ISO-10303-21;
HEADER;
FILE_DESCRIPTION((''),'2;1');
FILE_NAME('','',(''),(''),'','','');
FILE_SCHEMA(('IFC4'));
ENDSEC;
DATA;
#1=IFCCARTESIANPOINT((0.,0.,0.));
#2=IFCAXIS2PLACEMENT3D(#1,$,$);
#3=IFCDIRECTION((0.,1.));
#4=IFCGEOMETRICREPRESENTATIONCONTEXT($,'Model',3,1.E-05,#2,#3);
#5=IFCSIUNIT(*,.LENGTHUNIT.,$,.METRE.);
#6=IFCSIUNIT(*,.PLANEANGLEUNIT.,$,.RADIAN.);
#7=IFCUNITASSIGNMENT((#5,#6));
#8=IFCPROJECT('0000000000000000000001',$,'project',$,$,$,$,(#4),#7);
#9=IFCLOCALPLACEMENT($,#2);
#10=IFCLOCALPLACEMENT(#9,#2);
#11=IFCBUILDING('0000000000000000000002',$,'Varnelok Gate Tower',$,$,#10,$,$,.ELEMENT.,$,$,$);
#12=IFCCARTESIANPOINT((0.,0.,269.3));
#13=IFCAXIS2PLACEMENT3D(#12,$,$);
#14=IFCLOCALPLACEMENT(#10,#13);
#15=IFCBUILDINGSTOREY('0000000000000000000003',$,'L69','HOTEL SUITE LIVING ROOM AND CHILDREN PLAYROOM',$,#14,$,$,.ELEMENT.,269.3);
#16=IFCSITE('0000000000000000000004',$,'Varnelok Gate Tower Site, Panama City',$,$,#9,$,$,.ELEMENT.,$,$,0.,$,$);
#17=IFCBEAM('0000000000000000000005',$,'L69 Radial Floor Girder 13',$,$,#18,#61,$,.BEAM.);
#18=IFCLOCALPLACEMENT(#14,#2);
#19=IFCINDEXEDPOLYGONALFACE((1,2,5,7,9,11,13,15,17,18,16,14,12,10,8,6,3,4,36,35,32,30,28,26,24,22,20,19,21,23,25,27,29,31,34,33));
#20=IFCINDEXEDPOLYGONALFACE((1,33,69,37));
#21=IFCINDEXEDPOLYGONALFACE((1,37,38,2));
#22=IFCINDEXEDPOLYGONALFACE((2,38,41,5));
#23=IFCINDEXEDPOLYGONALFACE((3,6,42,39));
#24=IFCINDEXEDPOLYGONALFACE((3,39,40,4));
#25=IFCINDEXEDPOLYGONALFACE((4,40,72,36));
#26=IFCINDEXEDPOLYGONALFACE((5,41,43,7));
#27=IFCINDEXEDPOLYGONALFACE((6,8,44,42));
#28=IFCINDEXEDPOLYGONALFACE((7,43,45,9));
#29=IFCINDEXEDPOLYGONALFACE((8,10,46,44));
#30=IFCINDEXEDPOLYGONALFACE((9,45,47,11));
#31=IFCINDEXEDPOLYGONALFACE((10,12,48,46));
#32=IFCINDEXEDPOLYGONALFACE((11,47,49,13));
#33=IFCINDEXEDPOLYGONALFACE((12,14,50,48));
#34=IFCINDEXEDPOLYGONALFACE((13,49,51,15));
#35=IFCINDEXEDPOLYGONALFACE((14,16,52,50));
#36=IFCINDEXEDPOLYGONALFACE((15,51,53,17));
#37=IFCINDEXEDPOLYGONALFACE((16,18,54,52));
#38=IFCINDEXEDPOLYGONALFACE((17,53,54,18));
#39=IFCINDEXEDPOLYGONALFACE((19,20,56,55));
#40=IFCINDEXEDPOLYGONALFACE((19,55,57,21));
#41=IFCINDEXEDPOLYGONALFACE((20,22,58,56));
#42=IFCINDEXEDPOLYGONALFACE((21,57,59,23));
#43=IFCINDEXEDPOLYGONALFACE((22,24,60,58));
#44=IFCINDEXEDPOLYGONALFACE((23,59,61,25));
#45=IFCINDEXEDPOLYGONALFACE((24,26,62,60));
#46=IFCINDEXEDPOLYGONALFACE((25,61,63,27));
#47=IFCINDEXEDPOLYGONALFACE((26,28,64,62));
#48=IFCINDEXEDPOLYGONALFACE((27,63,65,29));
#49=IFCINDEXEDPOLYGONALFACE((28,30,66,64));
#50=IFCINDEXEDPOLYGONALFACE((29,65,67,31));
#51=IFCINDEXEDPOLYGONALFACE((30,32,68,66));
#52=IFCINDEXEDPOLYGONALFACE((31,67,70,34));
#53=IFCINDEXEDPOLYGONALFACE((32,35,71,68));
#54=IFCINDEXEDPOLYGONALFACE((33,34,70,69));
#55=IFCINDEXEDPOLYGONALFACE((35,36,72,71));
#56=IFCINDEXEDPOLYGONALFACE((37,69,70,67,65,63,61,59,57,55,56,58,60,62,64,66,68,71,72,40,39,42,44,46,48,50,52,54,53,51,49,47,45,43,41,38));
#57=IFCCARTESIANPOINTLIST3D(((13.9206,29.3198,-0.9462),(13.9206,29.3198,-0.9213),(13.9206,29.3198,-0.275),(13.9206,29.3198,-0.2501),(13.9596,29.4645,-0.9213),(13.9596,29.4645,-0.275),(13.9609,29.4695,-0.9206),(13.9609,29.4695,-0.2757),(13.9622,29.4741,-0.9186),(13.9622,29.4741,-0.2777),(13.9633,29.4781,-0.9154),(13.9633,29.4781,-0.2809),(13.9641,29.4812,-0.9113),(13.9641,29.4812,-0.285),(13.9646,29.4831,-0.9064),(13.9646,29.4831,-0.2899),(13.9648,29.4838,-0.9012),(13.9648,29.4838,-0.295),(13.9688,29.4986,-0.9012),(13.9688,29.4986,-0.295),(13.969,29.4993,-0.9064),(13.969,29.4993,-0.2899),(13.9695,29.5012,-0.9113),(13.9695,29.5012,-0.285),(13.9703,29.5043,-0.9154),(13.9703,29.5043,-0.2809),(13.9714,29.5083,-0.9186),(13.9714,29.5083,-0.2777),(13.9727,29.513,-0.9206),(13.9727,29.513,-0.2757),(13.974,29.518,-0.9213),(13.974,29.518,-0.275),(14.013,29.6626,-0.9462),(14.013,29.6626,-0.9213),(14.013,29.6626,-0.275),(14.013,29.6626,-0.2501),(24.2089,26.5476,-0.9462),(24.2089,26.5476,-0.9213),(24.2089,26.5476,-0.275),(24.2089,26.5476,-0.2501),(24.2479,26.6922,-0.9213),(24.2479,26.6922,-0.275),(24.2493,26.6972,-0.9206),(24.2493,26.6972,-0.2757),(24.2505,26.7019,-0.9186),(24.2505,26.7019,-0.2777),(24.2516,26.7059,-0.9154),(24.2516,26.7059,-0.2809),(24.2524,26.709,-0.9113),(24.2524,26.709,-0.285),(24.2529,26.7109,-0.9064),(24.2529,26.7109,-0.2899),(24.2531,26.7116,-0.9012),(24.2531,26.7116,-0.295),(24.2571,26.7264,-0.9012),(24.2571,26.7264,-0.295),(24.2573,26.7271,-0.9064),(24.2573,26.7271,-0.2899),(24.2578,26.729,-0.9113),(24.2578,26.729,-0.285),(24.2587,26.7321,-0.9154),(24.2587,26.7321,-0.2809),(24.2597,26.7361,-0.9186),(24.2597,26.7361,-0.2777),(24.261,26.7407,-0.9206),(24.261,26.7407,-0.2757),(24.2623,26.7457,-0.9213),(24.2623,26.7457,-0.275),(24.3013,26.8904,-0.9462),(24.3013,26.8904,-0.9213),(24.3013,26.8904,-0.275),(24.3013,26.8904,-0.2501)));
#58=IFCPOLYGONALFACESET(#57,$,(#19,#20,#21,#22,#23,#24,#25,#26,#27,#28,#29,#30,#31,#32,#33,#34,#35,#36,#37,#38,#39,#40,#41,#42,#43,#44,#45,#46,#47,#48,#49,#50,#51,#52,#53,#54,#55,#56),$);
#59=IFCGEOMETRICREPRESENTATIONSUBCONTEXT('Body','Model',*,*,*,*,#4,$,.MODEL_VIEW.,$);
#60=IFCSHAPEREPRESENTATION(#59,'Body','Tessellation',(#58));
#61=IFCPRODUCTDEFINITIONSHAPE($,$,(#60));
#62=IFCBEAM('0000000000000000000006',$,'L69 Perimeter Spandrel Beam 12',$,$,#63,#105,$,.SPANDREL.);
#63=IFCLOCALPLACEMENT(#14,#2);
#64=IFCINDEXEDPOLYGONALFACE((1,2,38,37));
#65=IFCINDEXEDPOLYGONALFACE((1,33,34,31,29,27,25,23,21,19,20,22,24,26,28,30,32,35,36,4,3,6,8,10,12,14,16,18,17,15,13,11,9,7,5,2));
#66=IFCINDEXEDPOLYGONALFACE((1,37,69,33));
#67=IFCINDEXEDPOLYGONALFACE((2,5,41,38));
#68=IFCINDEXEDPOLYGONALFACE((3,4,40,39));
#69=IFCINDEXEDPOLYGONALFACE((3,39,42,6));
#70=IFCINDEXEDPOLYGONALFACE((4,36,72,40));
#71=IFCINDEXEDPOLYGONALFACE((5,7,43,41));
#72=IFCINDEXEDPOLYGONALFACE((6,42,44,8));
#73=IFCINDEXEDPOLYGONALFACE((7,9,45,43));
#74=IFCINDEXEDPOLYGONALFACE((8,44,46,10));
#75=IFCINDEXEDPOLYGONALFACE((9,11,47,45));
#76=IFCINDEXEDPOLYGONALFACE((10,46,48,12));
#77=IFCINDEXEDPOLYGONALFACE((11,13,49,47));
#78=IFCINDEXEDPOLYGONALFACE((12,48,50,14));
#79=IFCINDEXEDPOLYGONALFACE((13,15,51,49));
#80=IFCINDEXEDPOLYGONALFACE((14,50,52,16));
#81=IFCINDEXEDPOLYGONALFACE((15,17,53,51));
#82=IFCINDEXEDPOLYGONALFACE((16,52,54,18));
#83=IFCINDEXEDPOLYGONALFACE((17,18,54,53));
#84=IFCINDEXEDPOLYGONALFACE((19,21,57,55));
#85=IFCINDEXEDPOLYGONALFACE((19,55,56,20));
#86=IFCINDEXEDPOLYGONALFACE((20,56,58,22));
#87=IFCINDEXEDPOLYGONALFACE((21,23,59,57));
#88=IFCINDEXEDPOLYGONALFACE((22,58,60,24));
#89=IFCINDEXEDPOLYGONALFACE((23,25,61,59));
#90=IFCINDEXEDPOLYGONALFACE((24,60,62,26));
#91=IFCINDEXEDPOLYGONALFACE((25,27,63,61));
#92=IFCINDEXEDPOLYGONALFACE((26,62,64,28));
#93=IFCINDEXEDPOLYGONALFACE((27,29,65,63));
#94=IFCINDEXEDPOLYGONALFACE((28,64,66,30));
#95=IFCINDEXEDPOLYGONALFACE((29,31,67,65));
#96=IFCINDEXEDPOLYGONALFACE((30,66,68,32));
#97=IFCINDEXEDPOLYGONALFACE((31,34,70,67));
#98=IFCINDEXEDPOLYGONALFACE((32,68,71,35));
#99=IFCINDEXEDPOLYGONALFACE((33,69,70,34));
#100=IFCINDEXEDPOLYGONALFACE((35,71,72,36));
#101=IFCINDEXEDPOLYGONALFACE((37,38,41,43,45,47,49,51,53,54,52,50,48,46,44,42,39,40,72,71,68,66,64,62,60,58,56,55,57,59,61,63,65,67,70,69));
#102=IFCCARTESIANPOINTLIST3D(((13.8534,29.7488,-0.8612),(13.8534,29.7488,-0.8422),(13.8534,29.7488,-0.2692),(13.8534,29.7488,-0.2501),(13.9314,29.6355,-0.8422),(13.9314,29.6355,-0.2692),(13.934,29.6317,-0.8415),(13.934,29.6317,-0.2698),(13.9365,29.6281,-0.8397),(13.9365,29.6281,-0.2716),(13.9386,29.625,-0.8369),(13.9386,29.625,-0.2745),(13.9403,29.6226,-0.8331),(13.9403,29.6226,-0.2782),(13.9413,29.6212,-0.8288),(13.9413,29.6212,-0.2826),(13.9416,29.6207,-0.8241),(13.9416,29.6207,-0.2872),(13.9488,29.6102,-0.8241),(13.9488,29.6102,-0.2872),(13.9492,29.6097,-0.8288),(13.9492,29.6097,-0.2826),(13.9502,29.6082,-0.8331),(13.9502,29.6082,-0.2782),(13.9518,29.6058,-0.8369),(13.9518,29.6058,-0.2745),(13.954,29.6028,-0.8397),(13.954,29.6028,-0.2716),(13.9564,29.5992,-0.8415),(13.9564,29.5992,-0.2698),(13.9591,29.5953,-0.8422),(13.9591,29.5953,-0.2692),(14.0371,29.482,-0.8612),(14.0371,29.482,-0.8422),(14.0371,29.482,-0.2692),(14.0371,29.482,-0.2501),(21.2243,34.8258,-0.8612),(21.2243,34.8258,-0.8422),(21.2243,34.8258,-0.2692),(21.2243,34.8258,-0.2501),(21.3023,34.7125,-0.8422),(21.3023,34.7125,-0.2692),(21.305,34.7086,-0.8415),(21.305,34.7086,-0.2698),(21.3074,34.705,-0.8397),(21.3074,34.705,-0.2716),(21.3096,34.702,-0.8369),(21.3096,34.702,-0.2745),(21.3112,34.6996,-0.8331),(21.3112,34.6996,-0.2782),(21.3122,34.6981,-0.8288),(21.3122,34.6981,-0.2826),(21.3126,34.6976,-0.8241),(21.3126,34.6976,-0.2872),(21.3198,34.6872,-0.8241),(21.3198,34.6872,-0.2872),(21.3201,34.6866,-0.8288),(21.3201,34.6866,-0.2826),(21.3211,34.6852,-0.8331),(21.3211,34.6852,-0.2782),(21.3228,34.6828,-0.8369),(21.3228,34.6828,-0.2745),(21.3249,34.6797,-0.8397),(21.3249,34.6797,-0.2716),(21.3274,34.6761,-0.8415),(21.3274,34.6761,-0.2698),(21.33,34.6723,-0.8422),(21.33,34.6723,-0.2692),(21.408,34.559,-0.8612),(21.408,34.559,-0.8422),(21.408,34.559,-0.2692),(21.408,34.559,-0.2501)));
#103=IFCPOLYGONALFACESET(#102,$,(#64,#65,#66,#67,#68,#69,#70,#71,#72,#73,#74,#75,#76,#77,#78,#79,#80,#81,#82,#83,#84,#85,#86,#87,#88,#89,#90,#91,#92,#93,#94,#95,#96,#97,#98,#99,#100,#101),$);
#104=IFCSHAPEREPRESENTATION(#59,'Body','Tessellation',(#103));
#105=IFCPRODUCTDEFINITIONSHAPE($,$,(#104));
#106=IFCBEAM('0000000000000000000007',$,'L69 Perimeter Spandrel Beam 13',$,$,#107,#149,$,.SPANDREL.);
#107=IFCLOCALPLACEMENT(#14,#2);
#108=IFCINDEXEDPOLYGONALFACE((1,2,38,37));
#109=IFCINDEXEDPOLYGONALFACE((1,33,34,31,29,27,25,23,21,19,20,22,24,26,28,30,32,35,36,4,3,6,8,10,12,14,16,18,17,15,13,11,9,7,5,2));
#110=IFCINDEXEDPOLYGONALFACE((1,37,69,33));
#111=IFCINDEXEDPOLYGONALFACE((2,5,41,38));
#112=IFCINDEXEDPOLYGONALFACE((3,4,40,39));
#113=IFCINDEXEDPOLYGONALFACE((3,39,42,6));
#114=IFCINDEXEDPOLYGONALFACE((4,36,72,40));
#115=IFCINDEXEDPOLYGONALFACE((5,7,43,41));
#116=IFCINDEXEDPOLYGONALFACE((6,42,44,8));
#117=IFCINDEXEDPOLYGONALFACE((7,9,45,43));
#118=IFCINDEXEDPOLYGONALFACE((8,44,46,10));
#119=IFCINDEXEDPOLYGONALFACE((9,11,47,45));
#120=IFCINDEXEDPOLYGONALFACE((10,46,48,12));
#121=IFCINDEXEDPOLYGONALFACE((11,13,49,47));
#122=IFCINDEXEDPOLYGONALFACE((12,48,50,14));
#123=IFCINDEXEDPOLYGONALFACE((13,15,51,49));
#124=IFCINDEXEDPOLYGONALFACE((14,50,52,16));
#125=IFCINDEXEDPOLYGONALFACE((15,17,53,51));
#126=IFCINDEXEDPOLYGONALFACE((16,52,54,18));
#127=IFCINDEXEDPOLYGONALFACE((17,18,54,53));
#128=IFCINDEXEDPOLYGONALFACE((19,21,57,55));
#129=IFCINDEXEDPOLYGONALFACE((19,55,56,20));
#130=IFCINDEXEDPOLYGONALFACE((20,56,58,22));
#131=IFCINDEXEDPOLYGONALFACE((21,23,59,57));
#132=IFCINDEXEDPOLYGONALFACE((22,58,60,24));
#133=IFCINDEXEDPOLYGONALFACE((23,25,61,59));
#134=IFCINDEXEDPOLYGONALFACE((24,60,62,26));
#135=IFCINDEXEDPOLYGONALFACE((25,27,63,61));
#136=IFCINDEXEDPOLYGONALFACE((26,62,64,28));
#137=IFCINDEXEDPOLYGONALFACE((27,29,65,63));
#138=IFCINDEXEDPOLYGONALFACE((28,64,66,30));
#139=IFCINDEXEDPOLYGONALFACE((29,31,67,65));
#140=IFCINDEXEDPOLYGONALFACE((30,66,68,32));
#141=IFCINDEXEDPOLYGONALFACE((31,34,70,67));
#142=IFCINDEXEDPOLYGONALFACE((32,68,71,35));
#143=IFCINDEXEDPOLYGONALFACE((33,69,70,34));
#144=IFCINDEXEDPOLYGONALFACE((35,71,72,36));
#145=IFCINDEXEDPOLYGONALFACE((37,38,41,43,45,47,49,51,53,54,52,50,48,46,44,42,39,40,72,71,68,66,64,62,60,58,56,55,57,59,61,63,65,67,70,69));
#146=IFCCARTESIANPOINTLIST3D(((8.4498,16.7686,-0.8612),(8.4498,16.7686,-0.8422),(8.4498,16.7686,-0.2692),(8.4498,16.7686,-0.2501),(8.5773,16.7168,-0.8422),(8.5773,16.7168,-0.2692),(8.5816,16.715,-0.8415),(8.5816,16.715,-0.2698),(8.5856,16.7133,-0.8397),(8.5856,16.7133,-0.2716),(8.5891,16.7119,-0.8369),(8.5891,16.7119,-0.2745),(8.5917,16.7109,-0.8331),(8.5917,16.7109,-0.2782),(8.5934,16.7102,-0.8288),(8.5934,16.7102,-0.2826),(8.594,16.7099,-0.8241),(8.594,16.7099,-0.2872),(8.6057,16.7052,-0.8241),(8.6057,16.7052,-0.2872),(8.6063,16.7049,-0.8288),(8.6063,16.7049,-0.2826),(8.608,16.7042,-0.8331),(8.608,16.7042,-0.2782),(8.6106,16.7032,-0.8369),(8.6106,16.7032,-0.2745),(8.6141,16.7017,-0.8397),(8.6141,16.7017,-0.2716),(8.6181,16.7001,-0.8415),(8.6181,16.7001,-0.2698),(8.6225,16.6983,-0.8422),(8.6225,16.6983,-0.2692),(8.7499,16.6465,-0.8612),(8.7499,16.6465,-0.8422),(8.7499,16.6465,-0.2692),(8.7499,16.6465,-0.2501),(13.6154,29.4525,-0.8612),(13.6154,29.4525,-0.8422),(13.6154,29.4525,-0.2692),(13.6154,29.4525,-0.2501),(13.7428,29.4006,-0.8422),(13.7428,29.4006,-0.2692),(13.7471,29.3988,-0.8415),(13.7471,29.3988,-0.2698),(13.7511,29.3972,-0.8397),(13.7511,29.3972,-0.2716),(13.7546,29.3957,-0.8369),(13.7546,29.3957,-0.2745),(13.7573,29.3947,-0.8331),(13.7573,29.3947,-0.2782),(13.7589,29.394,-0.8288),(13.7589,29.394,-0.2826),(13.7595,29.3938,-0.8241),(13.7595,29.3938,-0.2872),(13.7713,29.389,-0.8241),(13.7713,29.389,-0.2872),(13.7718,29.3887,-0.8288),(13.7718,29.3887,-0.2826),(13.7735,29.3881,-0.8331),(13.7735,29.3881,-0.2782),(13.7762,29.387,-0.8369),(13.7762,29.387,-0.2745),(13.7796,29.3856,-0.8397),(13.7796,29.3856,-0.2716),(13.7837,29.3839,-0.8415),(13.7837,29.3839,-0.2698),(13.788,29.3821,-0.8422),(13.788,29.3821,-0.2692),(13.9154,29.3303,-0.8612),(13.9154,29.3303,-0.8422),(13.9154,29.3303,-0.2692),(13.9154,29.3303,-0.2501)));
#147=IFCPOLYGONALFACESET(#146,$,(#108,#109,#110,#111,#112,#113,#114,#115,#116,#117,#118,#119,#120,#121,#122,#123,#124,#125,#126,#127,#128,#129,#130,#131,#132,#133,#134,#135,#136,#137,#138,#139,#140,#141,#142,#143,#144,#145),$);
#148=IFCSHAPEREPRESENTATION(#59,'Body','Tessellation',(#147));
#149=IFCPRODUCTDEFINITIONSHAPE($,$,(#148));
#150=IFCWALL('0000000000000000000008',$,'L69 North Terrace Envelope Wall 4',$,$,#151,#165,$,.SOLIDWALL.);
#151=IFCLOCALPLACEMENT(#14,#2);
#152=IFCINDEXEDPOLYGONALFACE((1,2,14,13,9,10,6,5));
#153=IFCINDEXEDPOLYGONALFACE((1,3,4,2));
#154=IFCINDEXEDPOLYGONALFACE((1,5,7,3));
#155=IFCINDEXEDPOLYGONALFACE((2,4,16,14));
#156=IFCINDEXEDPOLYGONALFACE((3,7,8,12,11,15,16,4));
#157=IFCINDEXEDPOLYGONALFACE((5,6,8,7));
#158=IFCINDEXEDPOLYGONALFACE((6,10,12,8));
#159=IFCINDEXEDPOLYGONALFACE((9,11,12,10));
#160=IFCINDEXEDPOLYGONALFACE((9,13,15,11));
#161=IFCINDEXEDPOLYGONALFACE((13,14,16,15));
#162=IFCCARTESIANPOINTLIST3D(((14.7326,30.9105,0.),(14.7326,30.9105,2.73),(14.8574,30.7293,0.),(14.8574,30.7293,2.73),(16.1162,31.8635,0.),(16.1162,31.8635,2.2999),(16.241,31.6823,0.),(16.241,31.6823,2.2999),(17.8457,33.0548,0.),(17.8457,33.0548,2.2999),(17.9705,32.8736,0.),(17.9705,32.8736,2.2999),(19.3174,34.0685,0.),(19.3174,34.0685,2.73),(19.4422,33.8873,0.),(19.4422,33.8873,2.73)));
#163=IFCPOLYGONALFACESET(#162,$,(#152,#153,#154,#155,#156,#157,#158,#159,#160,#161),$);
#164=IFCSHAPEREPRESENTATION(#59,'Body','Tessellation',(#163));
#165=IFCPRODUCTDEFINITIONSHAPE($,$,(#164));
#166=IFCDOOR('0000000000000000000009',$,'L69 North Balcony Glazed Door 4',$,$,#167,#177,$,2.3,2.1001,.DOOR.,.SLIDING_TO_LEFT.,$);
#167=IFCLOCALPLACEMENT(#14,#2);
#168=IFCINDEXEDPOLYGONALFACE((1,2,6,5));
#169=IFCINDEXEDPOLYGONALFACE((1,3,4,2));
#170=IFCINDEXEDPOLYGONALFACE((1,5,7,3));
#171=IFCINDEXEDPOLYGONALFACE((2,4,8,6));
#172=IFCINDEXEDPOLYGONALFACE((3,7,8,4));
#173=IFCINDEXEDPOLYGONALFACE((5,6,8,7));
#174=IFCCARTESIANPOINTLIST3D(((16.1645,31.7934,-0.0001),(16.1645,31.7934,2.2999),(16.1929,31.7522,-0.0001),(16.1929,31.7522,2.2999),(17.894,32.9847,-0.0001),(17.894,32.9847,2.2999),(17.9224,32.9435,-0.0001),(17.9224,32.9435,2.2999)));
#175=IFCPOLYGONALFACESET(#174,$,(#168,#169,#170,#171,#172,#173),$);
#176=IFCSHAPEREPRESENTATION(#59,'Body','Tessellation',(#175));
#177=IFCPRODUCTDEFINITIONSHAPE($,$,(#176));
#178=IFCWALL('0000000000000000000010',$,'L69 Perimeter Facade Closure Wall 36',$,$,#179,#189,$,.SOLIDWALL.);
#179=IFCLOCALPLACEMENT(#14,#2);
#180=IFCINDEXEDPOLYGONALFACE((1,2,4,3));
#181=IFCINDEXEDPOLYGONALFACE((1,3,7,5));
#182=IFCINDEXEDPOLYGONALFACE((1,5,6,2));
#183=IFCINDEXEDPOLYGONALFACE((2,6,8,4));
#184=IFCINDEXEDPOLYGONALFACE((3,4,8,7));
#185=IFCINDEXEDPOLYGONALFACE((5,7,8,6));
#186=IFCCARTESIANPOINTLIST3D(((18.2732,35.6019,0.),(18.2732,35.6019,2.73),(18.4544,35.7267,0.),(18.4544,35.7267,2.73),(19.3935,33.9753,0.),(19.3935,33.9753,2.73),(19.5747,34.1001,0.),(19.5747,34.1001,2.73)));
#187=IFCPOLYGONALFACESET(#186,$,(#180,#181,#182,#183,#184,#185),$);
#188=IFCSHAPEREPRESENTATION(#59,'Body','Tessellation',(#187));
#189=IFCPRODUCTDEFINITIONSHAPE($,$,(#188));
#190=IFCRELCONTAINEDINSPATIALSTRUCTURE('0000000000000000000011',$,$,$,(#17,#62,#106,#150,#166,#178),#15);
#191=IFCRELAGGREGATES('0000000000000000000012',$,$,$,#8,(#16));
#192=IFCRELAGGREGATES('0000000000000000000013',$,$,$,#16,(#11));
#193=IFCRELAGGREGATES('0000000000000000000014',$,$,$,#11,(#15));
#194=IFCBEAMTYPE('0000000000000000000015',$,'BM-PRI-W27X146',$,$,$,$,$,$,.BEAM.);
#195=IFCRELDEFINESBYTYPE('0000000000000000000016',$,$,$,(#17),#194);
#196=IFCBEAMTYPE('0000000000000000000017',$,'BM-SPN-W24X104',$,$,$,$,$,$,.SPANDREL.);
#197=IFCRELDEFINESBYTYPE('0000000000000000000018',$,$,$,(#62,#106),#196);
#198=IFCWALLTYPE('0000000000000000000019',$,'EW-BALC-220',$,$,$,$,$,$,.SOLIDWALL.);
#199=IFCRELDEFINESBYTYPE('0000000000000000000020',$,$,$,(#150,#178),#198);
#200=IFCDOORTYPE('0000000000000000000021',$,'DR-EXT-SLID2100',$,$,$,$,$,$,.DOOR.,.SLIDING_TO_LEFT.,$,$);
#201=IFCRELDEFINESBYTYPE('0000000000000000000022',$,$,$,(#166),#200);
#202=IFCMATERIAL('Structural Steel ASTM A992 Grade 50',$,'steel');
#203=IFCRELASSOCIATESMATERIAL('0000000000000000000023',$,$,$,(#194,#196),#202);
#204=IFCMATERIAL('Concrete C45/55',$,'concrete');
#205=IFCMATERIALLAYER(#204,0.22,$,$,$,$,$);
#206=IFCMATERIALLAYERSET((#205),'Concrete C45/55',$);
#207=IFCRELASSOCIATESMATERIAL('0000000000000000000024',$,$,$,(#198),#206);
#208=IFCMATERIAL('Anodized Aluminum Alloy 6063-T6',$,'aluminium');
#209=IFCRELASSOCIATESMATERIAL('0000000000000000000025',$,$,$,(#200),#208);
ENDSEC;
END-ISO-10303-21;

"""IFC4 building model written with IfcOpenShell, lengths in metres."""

from ifc_helpers import new_model, si_unit, direction, frame, frame_2d, origin, origin_2d, place, context, subcontext, project, spatial, rectangle, i_section, extrude, material, layer, layer_set, material_profile, profile_set, type_object, element, fill, save


model = new_model("IFC4")

# Units and contexts
model_context = context("Model", 3, precision=1e-05, world=origin(), true_north=direction((0.0, 1.0)))
body_context = subcontext(model_context, "Body", "Model", "MODEL_VIEW")
ifc_project = project(units=[si_unit("LENGTHUNIT", "METRE"), si_unit("PLANEANGLEUNIT", "RADIAN")], contexts=[model_context])

# Site, building, storey
site_placement = place(None, origin())
site = spatial("IfcSite", under=ifc_project, at=site_placement, Name="Varnelok Gate Tower Site, Panama City", CompositionType="ELEMENT", RefElevation=0.0)
building_placement = place(site_placement, origin())
building = spatial("IfcBuilding", under=site, at=building_placement, Name="Varnelok Gate Tower", CompositionType="ELEMENT")
storey_placement = place(building_placement, frame((0.0, 0.0, 269.3)))
storey = spatial("IfcBuildingStorey", under=building, at=storey_placement, Name="L69", Description="HOTEL SUITE LIVING ROOM AND CHILDREN PLAYROOM", CompositionType="ELEMENT", Elevation=269.3)

# Shared definitions
ifc_material_1 = material(Name="Structural Steel ASTM A992 Grade 50", Category="steel")

# Beams
ifc_material_profile_1 = material_profile(ifc_material_1, i_section(OverallWidth=0.355, OverallDepth=0.696, WebThickness=0.0154, FlangeThickness=0.0249, FilletRadius=0.02, at=origin_2d()), Name="W27X146")
ifc_profile_set_1 = profile_set([ifc_material_profile_1], Name="Structural Steel ASTM A992 Grade 50")
beam_type_1 = type_object("IfcBeamType", Name="BM-PRI-W27X146", PredefinedType="BEAM", material=ifc_profile_set_1)
beam_1_placement = place(storey_placement, frame((24.2551, 26.719, -0.5981), z_axis=(-0.965562, 0.260173, 0.0), x_axis=(-0.260173, -0.965562, 0.0)))
element("IfcBeam", 1, at=beam_1_placement, inside=storey, type_object=beam_type_1, Name="L69 Radial Floor Girder 13", PredefinedType="BEAM", context=body_context, shape_type="SweptSolid", body=[
    extrude(i_section(OverallWidth=0.355, OverallDepth=0.696, WebThickness=0.0154, FlangeThickness=0.0249, FilletRadius=0.02, at=origin_2d()), origin(), (0.0, 0.0, 1.0), 10.6553),
])
ifc_material_profile_2 = material_profile(ifc_material_1, i_section(OverallWidth=0.324, OverallDepth=0.6111, WebThickness=0.0127, FlangeThickness=0.019, FilletRadius=0.0181, at=origin_2d()), Name="W24X104")
ifc_profile_set_2 = profile_set([ifc_material_profile_2], Name="Structural Steel ASTM A992 Grade 50")
beam_type_2 = type_object("IfcBeamType", Name="BM-SPN-W24X104", PredefinedType="SPANDREL", material=ifc_profile_set_2)
beam_2_placement = place(storey_placement, frame((21.3162, 34.6924, -0.5557), z_axis=(-0.823549, -0.567245, 0.0), x_axis=(0.567245, -0.823549, 0.0)))
element("IfcBeam", 2, at=beam_2_placement, inside=storey, type_object=beam_type_2, Name="L69 Perimeter Spandrel Beam 12", PredefinedType="SPANDREL", context=body_context, shape_type="SweptSolid", body=[
    extrude(i_section(OverallWidth=0.324, OverallDepth=0.6111, WebThickness=0.0127, FlangeThickness=0.019, FilletRadius=0.0181, at=origin_2d()), origin(), (0.0, 0.0, 1.0), 8.9502),
])
beam_3_placement = place(storey_placement, frame((13.7654, 29.3914, -0.5557), z_axis=(-0.377174, -0.926142, 0.0), x_axis=(0.926142, -0.377174, 0.0)))
element("IfcBeam", 3, at=beam_3_placement, inside=storey, type_object=beam_type_2, Name="L69 Perimeter Spandrel Beam 13", PredefinedType="SPANDREL", context=body_context, shape_type="SweptSolid", body=[
    extrude(i_section(OverallWidth=0.324, OverallDepth=0.6111, WebThickness=0.0127, FlangeThickness=0.019, FilletRadius=0.0181, at=origin_2d()), origin(), (0.0, 0.0, 1.0), 13.6953),
])

# Wall, opening, door
ifc_material_2 = material(Name="Concrete C45/55", Category="concrete")
ifc_layer_1 = layer(ifc_material_2, 0.22)
ifc_layer_set_1 = layer_set([ifc_layer_1], Name="Concrete C45/55")
wall_type_1 = type_object("IfcWallType", Name="EW-BALC-220", PredefinedType="SOLIDWALL", material=ifc_layer_set_1)
wall_1_placement = place(storey_placement, frame((14.7949, 30.8198, 0.0), z_axis=(0.0, 0.0, 1.0), x_axis=(0.823541, 0.567256, 0.0)))
wall_1 = element("IfcWall", 4, at=wall_1_placement, inside=storey, type_object=wall_type_1, Name="L69 North Terrace Envelope Wall 4", PredefinedType="SOLIDWALL", context=body_context, shape_type="SweptSolid", body=[
    extrude(rectangle(XDim=5.5671, YDim=0.22, at=frame_2d((2.7837, 0.0))), origin(), (0.0, 0.0, 1.0), 2.73),
])
opening_1_placement = place(wall_1_placement, frame((1.6802, 0.0, 0.0)))
opening_1 = element("IfcOpeningElement", 5, at=opening_1_placement, cuts=wall_1, PredefinedType="OPENING", context=body_context, shape_type="SweptSolid", body=[
    extrude(rectangle(XDim=2.1001, YDim=2.3, at=frame_2d((1.05, 1.1499))), frame((0.0, 0.1199, 0.0), z_axis=(0.0, -1.0, 0.0), x_axis=(1.0, 0.0, 0.0)), (0.0, 0.0, 1.0), 0.24),
])
ifc_material_3 = material(Name="Anodized Aluminum Alloy 6063-T6", Category="aluminium")
door_type = type_object("IfcDoorType", Name="DR-EXT-SLID2100", OperationType="SLIDING_TO_LEFT", PredefinedType="DOOR", material=ifc_material_3)
door_placement = place(opening_1_placement, origin())
door = element("IfcDoor", 6, at=door_placement, inside=storey, type_object=door_type, Name="L69 North Balcony Glazed Door 4", OperationType="SLIDING_TO_LEFT", OverallHeight=2.3, OverallWidth=2.1001, PredefinedType="DOOR", context=body_context, shape_type="SweptSolid", body=[
    extrude(rectangle(XDim=2.1001, YDim=2.3, at=frame_2d((1.05, 1.1499))), frame((0.0, 0.0249, 0.0), z_axis=(0.0, -1.0, 0.0), x_axis=(1.0, 0.0, 0.0)), (0.0, 0.0, 1.0), 0.05),
])
fill(opening_1, door)

# Wall
wall_2_placement = place(storey_placement, frame((18.3638, 35.6643, 0.0), z_axis=(0.0, 0.0, 1.0), x_axis=(0.567216, -0.823569, 0.0)))
element("IfcWall", 7, at=wall_2_placement, inside=storey, type_object=wall_type_1, Name="L69 Perimeter Facade Closure Wall 36", PredefinedType="SOLIDWALL", context=body_context, shape_type="SweptSolid", body=[
    extrude(rectangle(XDim=1.9751, YDim=0.22, at=frame_2d((0.9875, 0.0))), origin(), (0.0, 0.0, 1.0), 2.73),
])

save(model, "model.ifc")
